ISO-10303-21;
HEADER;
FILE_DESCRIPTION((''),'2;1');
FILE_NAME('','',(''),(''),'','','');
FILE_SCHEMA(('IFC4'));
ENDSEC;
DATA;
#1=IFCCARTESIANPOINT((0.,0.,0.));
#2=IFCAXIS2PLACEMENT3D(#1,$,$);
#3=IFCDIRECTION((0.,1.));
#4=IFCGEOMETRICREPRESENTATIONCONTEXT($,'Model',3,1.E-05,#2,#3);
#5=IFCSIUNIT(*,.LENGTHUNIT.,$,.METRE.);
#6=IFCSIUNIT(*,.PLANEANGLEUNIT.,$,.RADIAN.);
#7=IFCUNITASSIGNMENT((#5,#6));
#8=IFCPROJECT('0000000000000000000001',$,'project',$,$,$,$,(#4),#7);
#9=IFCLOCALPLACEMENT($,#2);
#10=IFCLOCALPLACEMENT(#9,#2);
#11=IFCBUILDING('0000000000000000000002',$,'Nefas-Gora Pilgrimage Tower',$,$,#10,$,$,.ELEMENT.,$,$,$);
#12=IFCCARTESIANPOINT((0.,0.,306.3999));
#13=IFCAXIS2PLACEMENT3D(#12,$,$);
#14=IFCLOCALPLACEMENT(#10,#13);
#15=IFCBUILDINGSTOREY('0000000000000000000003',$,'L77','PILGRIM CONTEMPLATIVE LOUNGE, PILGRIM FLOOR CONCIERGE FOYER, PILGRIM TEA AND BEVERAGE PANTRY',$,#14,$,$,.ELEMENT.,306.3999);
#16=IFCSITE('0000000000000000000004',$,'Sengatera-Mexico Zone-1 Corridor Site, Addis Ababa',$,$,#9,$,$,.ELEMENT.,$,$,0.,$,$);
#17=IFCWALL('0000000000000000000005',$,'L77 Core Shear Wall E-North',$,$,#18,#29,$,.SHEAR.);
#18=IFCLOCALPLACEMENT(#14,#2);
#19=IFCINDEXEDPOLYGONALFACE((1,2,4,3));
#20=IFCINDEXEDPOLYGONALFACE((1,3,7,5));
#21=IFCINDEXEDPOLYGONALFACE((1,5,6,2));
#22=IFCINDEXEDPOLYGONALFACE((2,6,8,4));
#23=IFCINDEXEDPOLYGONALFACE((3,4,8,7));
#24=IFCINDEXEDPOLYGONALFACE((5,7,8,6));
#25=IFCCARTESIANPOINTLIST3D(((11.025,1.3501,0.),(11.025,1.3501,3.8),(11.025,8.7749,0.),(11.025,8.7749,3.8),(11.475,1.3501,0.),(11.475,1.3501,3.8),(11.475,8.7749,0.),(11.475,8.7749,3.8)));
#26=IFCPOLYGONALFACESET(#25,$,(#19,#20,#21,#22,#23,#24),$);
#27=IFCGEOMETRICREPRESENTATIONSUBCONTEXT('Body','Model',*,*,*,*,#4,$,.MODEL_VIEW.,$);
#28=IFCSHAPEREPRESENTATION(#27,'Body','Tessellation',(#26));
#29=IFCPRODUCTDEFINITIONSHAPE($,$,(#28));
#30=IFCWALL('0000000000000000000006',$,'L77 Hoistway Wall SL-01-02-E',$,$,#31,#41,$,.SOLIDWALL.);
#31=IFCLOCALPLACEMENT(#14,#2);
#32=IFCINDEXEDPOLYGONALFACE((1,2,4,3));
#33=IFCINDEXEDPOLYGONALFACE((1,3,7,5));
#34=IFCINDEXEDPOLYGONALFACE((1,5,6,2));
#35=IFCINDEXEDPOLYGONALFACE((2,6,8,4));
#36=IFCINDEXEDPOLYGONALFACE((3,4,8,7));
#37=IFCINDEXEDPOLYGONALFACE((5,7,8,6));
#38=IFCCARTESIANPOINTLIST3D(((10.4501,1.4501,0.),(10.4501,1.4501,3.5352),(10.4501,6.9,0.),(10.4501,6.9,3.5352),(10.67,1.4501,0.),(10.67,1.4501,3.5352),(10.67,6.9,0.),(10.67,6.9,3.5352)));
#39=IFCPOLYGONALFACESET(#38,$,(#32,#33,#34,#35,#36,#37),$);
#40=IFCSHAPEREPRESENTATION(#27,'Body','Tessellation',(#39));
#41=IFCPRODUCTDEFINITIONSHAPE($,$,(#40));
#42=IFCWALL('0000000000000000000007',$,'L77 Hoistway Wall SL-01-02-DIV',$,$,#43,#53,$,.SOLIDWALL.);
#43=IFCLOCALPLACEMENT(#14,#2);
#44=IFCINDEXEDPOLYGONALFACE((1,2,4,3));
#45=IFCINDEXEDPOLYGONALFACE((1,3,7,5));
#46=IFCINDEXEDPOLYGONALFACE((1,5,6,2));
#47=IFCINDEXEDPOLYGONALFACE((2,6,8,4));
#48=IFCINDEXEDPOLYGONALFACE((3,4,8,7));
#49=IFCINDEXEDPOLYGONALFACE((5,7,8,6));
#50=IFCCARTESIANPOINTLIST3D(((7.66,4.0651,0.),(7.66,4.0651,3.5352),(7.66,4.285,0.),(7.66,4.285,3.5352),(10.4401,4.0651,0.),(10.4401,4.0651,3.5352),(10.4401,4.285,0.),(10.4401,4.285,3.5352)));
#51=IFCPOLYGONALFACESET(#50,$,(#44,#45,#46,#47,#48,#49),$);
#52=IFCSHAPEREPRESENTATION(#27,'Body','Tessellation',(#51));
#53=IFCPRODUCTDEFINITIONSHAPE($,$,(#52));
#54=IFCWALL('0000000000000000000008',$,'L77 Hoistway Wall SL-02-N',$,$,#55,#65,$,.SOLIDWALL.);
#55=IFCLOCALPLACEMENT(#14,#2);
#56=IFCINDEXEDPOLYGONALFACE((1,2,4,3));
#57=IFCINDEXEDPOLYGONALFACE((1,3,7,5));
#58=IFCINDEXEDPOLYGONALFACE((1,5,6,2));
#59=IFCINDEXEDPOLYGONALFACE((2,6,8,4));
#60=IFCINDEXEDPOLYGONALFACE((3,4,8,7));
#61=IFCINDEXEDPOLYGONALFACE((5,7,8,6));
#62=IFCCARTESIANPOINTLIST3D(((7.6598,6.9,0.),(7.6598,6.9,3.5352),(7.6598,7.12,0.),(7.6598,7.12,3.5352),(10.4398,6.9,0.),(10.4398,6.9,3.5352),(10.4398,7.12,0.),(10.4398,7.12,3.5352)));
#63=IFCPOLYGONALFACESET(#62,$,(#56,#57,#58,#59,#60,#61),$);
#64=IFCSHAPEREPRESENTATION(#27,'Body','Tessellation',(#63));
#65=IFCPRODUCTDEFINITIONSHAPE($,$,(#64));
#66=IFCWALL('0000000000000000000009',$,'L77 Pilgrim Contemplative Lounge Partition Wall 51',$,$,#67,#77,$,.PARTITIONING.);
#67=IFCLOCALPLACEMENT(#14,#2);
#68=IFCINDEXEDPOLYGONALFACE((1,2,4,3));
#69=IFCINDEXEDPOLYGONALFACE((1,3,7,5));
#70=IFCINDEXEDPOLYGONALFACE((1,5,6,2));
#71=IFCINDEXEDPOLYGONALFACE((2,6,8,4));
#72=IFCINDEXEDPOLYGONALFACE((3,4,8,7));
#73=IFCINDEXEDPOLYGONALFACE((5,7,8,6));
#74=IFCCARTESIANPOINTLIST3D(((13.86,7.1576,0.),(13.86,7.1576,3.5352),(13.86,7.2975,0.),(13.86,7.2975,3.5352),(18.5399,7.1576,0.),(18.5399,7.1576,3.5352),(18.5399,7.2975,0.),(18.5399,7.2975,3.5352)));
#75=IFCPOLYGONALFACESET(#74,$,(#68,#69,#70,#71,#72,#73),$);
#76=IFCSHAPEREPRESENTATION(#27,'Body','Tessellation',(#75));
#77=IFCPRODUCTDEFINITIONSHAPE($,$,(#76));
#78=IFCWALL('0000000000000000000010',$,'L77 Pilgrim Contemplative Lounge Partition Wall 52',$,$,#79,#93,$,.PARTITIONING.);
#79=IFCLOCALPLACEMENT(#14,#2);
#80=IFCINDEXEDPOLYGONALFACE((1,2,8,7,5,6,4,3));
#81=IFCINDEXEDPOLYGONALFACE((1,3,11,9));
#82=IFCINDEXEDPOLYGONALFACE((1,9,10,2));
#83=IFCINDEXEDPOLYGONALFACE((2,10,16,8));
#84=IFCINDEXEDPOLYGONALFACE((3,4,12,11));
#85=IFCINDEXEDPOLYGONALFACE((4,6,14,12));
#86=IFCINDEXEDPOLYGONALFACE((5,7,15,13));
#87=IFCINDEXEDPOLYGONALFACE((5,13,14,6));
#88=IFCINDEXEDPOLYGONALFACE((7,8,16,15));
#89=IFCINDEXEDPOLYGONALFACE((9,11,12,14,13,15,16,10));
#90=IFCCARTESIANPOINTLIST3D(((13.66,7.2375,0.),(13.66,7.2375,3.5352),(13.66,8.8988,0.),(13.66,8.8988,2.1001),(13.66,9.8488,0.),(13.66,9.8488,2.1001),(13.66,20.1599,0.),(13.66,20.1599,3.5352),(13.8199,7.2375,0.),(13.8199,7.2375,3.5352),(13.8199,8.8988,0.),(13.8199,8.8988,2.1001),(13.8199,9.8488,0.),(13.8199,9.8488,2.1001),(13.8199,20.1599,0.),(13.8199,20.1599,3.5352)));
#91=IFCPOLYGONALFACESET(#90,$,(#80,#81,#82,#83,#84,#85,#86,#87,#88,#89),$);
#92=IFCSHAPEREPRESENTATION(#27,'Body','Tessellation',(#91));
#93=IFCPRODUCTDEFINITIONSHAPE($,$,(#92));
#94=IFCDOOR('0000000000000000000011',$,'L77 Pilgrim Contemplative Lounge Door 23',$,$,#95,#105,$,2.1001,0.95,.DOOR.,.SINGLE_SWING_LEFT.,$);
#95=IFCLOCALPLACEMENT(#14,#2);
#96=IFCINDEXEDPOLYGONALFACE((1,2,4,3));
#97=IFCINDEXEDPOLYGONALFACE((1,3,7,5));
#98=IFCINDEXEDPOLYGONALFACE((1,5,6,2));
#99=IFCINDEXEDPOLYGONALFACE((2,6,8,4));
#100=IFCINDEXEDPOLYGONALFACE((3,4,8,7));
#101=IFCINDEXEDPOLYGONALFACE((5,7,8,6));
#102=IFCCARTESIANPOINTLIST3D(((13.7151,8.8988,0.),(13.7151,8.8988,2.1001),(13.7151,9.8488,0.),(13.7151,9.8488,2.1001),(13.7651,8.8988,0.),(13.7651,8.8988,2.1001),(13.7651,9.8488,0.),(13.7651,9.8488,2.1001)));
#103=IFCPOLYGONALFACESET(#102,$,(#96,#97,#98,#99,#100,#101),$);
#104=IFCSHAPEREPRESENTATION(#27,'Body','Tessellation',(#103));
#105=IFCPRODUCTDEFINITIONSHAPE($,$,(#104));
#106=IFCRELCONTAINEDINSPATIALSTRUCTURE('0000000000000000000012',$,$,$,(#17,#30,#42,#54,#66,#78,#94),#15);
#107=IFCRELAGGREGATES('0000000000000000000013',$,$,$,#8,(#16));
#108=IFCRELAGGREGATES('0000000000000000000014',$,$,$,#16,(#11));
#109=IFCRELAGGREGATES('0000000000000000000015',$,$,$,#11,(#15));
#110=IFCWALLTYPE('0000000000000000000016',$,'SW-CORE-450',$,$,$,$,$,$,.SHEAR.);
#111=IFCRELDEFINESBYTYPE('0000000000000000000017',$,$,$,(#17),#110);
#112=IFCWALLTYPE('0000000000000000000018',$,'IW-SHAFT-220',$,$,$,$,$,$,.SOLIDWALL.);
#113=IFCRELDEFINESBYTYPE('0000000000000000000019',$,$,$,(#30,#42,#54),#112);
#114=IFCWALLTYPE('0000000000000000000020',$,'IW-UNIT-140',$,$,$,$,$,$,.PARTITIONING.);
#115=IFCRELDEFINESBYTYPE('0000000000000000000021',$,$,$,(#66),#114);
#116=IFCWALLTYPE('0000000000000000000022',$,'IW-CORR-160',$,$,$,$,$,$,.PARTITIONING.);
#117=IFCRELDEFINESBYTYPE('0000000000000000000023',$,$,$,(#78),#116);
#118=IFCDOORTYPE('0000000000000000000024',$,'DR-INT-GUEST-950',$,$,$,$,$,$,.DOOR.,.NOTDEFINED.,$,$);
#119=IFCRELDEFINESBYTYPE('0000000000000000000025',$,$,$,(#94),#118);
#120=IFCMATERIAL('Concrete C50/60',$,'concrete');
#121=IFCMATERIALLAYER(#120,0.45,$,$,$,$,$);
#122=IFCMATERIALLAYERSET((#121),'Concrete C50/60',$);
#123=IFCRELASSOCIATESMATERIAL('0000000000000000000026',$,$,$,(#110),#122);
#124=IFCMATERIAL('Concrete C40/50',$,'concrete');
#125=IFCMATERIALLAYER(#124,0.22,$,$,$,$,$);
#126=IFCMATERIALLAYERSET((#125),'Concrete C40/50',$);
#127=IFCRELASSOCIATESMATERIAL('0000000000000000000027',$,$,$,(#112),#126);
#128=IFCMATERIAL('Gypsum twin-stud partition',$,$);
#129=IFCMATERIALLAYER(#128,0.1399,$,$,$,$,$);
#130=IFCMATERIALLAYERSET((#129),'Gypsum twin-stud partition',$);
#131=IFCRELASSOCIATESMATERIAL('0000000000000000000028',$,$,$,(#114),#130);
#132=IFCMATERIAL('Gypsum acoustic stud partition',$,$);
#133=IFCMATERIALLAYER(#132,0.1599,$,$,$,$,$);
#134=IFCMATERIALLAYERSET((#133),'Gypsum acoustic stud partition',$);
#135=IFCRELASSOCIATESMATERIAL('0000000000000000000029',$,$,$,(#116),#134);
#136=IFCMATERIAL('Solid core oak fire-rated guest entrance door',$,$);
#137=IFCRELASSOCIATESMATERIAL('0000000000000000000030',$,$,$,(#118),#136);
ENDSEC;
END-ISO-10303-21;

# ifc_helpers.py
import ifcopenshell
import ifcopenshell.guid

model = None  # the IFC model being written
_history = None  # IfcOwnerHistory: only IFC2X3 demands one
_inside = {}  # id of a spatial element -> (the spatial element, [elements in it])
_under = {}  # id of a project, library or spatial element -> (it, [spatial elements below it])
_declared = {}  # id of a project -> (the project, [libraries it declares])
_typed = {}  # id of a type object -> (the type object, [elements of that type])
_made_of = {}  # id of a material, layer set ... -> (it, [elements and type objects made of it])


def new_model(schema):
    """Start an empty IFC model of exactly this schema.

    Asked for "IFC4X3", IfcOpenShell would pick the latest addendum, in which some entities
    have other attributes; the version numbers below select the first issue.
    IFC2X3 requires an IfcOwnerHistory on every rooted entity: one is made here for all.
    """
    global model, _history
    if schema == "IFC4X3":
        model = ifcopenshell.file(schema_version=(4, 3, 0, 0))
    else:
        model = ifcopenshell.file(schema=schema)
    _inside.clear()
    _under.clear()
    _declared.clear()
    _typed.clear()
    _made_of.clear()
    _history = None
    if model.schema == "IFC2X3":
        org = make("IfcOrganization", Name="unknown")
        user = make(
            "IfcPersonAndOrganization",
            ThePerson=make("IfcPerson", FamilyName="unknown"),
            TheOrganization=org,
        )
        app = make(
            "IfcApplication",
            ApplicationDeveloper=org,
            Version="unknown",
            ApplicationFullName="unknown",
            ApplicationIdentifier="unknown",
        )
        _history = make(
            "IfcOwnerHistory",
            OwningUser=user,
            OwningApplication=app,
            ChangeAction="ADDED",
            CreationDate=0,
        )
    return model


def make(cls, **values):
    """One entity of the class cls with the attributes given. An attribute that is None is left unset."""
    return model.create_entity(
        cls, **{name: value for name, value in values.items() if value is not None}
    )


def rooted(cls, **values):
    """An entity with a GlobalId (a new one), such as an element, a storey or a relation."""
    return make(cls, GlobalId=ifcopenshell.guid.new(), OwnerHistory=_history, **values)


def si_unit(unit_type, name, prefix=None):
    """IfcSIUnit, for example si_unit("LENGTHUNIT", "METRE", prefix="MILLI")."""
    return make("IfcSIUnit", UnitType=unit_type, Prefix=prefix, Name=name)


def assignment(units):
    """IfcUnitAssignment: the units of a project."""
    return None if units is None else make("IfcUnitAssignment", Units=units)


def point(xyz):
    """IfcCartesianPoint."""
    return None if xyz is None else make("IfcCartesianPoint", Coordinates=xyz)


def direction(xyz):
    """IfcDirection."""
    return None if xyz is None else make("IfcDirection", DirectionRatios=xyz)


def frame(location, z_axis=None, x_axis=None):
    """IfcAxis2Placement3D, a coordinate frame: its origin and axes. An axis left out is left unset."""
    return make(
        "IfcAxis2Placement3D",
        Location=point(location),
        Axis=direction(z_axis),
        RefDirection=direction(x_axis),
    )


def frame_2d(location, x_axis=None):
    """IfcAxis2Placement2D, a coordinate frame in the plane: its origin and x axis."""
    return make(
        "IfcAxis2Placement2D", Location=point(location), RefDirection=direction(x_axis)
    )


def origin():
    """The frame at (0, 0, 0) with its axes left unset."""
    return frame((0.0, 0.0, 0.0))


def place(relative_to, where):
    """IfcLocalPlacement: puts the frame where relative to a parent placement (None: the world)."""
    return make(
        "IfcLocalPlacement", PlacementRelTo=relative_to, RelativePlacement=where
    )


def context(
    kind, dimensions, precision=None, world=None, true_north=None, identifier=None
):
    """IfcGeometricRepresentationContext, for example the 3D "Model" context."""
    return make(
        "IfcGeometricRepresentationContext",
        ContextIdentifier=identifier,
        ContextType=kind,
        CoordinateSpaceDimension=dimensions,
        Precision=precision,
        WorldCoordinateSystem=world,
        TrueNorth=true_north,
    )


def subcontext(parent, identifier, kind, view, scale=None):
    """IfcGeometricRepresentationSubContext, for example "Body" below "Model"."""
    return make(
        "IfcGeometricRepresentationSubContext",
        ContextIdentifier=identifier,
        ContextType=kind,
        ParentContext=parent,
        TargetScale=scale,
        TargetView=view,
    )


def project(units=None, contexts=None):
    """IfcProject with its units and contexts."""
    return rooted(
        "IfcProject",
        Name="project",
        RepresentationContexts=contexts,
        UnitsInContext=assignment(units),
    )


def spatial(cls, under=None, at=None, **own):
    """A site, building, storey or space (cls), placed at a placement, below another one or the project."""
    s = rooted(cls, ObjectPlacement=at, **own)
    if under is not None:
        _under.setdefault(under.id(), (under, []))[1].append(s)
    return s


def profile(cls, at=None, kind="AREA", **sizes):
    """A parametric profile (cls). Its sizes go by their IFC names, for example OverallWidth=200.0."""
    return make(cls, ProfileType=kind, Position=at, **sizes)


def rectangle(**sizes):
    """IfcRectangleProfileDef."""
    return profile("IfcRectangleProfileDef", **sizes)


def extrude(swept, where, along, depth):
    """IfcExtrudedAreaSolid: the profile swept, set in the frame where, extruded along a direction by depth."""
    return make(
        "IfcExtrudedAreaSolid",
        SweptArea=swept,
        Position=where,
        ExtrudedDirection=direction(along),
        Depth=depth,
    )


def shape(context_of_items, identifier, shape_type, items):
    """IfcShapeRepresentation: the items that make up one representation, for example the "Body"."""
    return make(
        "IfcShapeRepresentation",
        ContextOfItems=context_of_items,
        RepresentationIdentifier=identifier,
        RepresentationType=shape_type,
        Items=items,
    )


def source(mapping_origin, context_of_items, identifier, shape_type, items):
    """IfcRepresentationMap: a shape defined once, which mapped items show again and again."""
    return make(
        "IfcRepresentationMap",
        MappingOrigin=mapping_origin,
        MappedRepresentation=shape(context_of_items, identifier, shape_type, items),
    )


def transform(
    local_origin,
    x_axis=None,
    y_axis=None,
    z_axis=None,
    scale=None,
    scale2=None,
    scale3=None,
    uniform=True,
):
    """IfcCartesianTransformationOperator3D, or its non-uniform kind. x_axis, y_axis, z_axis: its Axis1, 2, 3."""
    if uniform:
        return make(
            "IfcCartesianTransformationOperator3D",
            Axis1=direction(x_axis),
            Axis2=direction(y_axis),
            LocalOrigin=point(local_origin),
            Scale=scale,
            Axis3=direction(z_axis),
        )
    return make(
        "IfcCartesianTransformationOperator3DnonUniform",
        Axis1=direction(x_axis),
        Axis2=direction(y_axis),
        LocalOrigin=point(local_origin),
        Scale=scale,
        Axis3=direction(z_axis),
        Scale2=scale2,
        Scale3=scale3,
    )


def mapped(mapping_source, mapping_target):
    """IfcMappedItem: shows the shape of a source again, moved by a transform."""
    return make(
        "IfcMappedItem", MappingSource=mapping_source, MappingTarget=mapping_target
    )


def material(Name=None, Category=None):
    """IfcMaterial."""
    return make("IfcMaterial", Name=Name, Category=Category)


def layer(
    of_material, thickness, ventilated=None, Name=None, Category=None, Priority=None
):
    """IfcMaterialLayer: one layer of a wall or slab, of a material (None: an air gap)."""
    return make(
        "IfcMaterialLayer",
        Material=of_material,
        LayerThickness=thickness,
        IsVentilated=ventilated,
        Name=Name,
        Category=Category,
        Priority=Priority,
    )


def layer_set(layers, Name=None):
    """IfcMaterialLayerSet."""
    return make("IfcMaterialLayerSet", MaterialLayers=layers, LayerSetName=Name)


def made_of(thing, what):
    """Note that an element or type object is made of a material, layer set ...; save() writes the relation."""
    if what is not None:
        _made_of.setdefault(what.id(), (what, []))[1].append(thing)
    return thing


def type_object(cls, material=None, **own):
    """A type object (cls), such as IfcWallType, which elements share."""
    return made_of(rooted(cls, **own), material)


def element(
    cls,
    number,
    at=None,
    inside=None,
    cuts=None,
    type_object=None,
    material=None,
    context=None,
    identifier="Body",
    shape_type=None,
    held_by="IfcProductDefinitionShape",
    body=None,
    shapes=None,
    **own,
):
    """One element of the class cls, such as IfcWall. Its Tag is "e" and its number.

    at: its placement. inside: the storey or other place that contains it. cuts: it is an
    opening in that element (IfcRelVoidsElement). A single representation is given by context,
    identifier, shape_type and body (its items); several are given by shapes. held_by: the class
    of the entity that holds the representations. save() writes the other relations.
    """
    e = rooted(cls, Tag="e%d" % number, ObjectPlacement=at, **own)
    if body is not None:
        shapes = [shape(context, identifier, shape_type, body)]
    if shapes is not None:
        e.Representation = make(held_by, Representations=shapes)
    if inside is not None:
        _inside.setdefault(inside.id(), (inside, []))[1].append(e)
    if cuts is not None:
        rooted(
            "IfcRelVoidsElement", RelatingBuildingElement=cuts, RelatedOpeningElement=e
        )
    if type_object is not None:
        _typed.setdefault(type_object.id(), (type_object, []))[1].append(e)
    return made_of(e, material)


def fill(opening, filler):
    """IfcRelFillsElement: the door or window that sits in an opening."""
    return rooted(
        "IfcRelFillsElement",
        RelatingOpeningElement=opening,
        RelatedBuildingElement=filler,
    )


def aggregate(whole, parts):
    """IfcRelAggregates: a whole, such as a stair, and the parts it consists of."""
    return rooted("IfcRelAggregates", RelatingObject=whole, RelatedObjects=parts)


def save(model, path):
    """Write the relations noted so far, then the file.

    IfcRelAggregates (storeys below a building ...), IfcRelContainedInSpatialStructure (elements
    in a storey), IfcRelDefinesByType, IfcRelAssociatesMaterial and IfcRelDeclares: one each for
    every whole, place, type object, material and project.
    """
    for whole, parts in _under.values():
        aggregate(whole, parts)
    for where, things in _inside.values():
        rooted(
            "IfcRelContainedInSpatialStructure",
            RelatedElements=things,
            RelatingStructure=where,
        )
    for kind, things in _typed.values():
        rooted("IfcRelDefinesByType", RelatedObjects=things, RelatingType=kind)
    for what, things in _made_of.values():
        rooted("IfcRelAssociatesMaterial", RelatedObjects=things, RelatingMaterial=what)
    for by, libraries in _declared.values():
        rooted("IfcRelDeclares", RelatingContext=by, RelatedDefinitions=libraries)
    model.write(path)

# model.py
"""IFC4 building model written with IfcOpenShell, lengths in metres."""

from ifc_helpers import new_model, si_unit, direction, frame, frame_2d, origin, place, context, subcontext, project, spatial, rectangle, extrude, source, transform, mapped, material, layer, layer_set, type_object, element, fill, save


model = new_model("IFC4")

# Units and contexts
model_context = context("Model", 3, precision=1e-05, world=origin(), true_north=direction((0.0, 1.0)))
body_context = subcontext(model_context, "Body", "Model", "MODEL_VIEW")
ifc_project = project(units=[si_unit("LENGTHUNIT", "METRE"), si_unit("PLANEANGLEUNIT", "RADIAN")], contexts=[model_context])

# Site, building, storey
site_placement = place(None, origin())
site = spatial("IfcSite", under=ifc_project, at=site_placement, Name="Sengatera-Mexico Zone-1 Corridor Site, Addis Ababa", CompositionType="ELEMENT", RefElevation=0.0)
building_placement = place(site_placement, origin())
building = spatial("IfcBuilding", under=site, at=building_placement, Name="Nefas-Gora Pilgrimage Tower", CompositionType="ELEMENT")
storey_placement = place(building_placement, frame((0.0, 0.0, 306.3999)))
storey = spatial("IfcBuildingStorey", under=building, at=storey_placement, Name="L77", Description="PILGRIM CONTEMPLATIVE LOUNGE, PILGRIM FLOOR CONCIERGE FOYER, PILGRIM TEA AND BEVERAGE PANTRY", CompositionType="ELEMENT", Elevation=306.3999)

# Shared definitions
ifc_material_1 = material(Name="Concrete C50/60", Category="concrete")

# Walls
ifc_layer_1 = layer(ifc_material_1, 0.45)
ifc_layer_set_1 = layer_set([ifc_layer_1], Name="Concrete C50/60")
wall_type_1 = type_object("IfcWallType", Name="SW-CORE-450", PredefinedType="SHEAR", material=ifc_layer_set_1)
shared_shape_1 = source(origin(), body_context, "Body", "SweptSolid", [
    extrude(rectangle(XDim=7.4248, YDim=0.45, at=frame_2d((3.7124, 0.0))), origin(), (0.0, 0.0, 1.0), 3.8),
])
wall_1_placement = place(storey_placement, frame((11.25, 1.3501, 0.0), z_axis=(0.0, 0.0, 1.0), x_axis=(0.0, 1.0, 0.0)))
element("IfcWall", 1, at=wall_1_placement, inside=storey, type_object=wall_type_1, Name="L77 Core Shear Wall E-North", PredefinedType="SHEAR", context=body_context, shape_type="MappedRepresentation", body=[
    mapped(shared_shape_1, transform((0.0, 0.0, 0.0), x_axis=(1.0, 0.0, 0.0), y_axis=(0.0, 1.0, 0.0), z_axis=(0.0, 0.0, 1.0), scale=1.0)),
])
ifc_material_2 = material(Name="Concrete C40/50", Category="concrete")
ifc_layer_2 = layer(ifc_material_2, 0.22)
ifc_layer_set_2 = layer_set([ifc_layer_2], Name="Concrete C40/50")
wall_type_2 = type_object("IfcWallType", Name="IW-SHAFT-220", PredefinedType="SOLIDWALL", material=ifc_layer_set_2)
shared_shape_2 = source(origin(), body_context, "Body", "SweptSolid", [
    extrude(rectangle(XDim=5.45, YDim=0.22, at=frame_2d((2.7251, 0.0))), origin(), (0.0, 0.0, 1.0), 3.5352),
])
wall_2_placement = place(storey_placement, frame((10.5601, 1.45, 0.0), z_axis=(0.0, 0.0, 1.0), x_axis=(0.0, 1.0, 0.0)))
element("IfcWall", 2, at=wall_2_placement, inside=storey, type_object=wall_type_2, Name="L77 Hoistway Wall SL-01-02-E", PredefinedType="SOLIDWALL", context=body_context, shape_type="MappedRepresentation", body=[
    mapped(shared_shape_2, transform((0.0, 0.0, 0.0), x_axis=(1.0, 0.0, 0.0), y_axis=(0.0, 1.0, 0.0), z_axis=(0.0, 0.0, 1.0), scale=1.0)),
])
shared_shape_3 = source(origin(), body_context, "Body", "SweptSolid", [
    extrude(rectangle(XDim=2.78, YDim=0.22, at=frame_2d((1.3901, 0.0))), origin(), (0.0, 0.0, 1.0), 3.5352),
])
for number, where, z_axis, x_axis, name in (
    (3, (7.6599, 4.175, 0.0), (0.0, 0.0, 1.0), (1.0, 0.0, 0.0), "L77 Hoistway Wall SL-01-02-DIV"),
    (4, (10.4399, 7.01, 0.0), (0.0, 0.0, 1.0), (-1.0, 0.0, 0.0), "L77 Hoistway Wall SL-02-N"),
):
    element("IfcWall", number, at=place(storey_placement, frame(where, z_axis=z_axis, x_axis=x_axis)), inside=storey, type_object=wall_type_2, Name=name, PredefinedType="SOLIDWALL", context=body_context, shape_type="MappedRepresentation", body=[
        mapped(shared_shape_3, transform((0.0, 0.0, 0.0), x_axis=(1.0, 0.0, 0.0), y_axis=(0.0, 1.0, 0.0), z_axis=(0.0, 0.0, 1.0), scale=1.0)),
    ])
ifc_material_3 = material(Name="Gypsum twin-stud partition")
ifc_layer_3 = layer(ifc_material_3, 0.1399)
ifc_layer_set_3 = layer_set([ifc_layer_3], Name="Gypsum twin-stud partition")
wall_type_3 = type_object("IfcWallType", Name="IW-UNIT-140", PredefinedType="PARTITIONING", material=ifc_layer_set_3)
shared_shape_4 = source(origin(), body_context, "Body", "SweptSolid", [
    extrude(rectangle(XDim=4.6799, YDim=0.1399, at=frame_2d((2.3398, 0.0))), origin(), (0.0, 0.0, 1.0), 3.5352),
])
wall_3_placement = place(storey_placement, frame((13.8601, 7.2275, 0.0), z_axis=(0.0, 0.0, 1.0), x_axis=(1.0, 0.0, 0.0)))
element("IfcWall", 5, at=wall_3_placement, inside=storey, type_object=wall_type_3, Name="L77 Pilgrim Contemplative Lounge Partition Wall 51", PredefinedType="PARTITIONING", context=body_context, shape_type="MappedRepresentation", body=[
    mapped(shared_shape_4, transform((0.0, 0.0, 0.0), x_axis=(1.0, 0.0, 0.0), y_axis=(0.0, 1.0, 0.0), z_axis=(0.0, 0.0, 1.0), scale=1.0)),
])

# Wall, opening, door
ifc_material_4 = material(Name="Gypsum acoustic stud partition")
ifc_layer_4 = layer(ifc_material_4, 0.1599)
ifc_layer_set_4 = layer_set([ifc_layer_4], Name="Gypsum acoustic stud partition")
wall_type_4 = type_object("IfcWallType", Name="IW-CORR-160", PredefinedType="PARTITIONING", material=ifc_layer_set_4)
shared_shape_5 = source(origin(), body_context, "Body", "SweptSolid", [
    extrude(rectangle(XDim=12.9224, YDim=0.1599, at=frame_2d((6.4612, 0.0))), origin(), (0.0, 0.0, 1.0), 3.5352),
])
wall_4_placement = place(storey_placement, frame((13.74, 7.2375, 0.0), z_axis=(0.0, 0.0, 1.0), x_axis=(0.0, 1.0, 0.0)))
wall_4 = element("IfcWall", 6, at=wall_4_placement, inside=storey, type_object=wall_type_4, Name="L77 Pilgrim Contemplative Lounge Partition Wall 52", PredefinedType="PARTITIONING", context=body_context, shape_type="MappedRepresentation", body=[
    mapped(shared_shape_5, transform((0.0, 0.0, 0.0), x_axis=(1.0, 0.0, 0.0), y_axis=(0.0, 1.0, 0.0), z_axis=(0.0, 0.0, 1.0), scale=1.0)),
])
opening_placement = place(wall_4_placement, frame((1.6611, 0.0, 0.0)))
opening = element("IfcOpeningElement", 7, at=opening_placement, cuts=wall_4, PredefinedType="OPENING", context=body_context, shape_type="SweptSolid", body=[
    extrude(rectangle(XDim=0.95, YDim=2.1001, at=frame_2d((0.4751, 1.05))), frame((0.0, 0.0898, 0.0), z_axis=(0.0, -1.0, 0.0), x_axis=(1.0, 0.0, 0.0)), (0.0, 0.0, 1.0), 0.1799),
])
ifc_material_5 = material(Name="Solid core oak fire-rated guest entrance door")
door_type = type_object("IfcDoorType", Name="DR-INT-GUEST-950", OperationType="NOTDEFINED", PredefinedType="DOOR", material=ifc_material_5)
shared_shape_6 = source(origin(), body_context, "Body", "SweptSolid", [
    extrude(rectangle(XDim=0.95, YDim=2.1001, at=frame_2d((0.4751, 1.05))), frame((0.0, 0.0249, 0.0), z_axis=(0.0, -1.0, 0.0), x_axis=(1.0, 0.0, 0.0)), (0.0, 0.0, 1.0), 0.05),
])
door_placement = place(opening_placement, origin())
door = element("IfcDoor", 8, at=door_placement, inside=storey, type_object=door_type, Name="L77 Pilgrim Contemplative Lounge Door 23", OperationType="SINGLE_SWING_LEFT", OverallHeight=2.1001, OverallWidth=0.95, PredefinedType="DOOR", context=body_context, shape_type="MappedRepresentation", body=[
    mapped(shared_shape_6, transform((0.0, 0.0, 0.0), x_axis=(1.0, 0.0, 0.0), y_axis=(0.0, 1.0, 0.0), z_axis=(0.0, 0.0, 1.0), scale=1.0)),
])
fill(opening, door)

save(model, "model.ifc")
